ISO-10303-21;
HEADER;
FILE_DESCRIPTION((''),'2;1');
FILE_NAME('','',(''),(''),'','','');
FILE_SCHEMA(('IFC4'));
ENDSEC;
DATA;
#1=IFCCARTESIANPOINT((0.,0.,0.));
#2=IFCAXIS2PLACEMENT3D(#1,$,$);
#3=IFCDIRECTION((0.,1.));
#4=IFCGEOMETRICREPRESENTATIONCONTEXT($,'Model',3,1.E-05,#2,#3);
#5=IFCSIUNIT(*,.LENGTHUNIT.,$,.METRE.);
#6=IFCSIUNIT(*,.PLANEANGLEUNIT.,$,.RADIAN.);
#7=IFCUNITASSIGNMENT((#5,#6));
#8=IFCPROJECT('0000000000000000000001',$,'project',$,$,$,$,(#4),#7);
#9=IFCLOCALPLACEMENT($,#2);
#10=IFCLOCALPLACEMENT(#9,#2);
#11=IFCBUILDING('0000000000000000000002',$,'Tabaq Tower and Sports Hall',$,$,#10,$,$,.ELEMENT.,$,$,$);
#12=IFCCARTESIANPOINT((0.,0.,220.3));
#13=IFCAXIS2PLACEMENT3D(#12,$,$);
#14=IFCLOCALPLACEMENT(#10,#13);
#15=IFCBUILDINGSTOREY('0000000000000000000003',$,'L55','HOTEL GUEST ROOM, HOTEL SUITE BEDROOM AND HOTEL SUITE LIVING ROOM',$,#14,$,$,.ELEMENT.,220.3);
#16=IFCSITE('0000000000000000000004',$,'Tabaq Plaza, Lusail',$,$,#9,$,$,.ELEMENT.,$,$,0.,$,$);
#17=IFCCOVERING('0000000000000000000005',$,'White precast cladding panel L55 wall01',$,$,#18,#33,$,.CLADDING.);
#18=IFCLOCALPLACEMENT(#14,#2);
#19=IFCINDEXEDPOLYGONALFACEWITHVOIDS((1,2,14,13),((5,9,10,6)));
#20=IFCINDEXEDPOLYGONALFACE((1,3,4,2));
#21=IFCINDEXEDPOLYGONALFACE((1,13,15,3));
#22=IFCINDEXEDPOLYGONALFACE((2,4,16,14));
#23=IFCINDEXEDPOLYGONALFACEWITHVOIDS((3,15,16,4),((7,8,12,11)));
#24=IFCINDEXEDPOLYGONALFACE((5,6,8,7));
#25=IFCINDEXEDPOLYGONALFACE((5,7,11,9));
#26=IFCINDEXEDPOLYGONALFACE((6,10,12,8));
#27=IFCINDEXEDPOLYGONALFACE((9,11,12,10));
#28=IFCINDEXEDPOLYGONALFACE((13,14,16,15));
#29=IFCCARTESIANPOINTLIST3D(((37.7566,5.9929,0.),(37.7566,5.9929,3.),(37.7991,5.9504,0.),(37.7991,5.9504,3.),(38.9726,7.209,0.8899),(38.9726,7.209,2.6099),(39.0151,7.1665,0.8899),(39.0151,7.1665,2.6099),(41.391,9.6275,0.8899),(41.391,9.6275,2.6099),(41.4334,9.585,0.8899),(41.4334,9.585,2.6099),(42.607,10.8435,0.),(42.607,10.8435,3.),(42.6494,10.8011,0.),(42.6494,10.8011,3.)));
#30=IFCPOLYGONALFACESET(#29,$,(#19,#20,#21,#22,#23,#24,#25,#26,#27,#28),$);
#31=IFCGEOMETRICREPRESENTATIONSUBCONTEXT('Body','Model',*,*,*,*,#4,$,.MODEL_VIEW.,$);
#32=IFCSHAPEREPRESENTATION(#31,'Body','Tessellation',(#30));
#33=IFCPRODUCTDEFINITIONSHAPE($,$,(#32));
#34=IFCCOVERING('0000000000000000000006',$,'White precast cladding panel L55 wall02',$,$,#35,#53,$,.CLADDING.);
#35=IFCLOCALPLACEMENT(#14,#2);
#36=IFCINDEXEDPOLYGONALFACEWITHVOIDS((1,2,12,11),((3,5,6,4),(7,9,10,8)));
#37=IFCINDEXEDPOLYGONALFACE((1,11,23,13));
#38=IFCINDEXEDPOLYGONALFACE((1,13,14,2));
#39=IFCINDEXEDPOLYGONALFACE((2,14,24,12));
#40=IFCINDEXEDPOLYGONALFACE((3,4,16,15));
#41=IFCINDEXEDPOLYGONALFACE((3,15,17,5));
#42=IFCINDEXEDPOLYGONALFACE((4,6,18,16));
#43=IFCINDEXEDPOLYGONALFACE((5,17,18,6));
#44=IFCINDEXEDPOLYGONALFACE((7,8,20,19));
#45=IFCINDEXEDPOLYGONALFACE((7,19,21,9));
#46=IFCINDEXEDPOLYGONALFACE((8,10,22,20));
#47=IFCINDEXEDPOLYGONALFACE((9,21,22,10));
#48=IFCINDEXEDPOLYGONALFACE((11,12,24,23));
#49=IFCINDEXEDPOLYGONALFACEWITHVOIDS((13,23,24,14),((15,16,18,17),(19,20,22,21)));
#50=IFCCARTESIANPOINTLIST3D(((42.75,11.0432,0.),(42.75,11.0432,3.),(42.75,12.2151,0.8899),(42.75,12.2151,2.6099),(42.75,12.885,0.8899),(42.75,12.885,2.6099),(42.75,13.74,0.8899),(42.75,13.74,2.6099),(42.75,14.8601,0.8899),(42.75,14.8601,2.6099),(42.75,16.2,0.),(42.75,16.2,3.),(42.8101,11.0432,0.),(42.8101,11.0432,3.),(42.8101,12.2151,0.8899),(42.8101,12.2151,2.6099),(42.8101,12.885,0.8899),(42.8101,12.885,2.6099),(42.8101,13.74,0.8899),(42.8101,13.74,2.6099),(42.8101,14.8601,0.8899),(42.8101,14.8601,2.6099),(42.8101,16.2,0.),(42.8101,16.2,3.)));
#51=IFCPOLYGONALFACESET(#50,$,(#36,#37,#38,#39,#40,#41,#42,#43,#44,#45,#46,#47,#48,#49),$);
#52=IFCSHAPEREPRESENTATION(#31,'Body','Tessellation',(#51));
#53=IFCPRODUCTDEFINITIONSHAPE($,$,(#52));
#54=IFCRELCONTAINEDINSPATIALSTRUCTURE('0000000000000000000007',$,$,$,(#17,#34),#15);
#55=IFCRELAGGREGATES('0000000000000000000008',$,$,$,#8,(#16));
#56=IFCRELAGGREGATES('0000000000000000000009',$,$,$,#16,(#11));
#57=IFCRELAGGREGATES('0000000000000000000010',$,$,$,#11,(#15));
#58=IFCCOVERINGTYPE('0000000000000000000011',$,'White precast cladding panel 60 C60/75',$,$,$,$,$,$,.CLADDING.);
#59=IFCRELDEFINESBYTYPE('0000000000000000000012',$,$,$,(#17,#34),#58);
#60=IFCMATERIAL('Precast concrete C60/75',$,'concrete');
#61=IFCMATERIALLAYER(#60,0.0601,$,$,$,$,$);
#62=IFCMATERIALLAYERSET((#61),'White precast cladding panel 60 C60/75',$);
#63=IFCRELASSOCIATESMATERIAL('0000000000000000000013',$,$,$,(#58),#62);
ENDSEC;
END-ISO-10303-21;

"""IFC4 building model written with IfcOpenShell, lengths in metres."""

from ifc_helpers import new_model, si_unit, direction, frame, origin, place, context, subcontext, project, spatial, polyline, outline, extrude, material, layer, layer_set, type_object, element, save


model = new_model("IFC4")

# Units and contexts
model_context = context("Model", 3, precision=1e-05, world=origin(), true_north=direction((0.0, 1.0)))
body_context = subcontext(model_context, "Body", "Model", "MODEL_VIEW")
ifc_project = project(units=[si_unit("LENGTHUNIT", "METRE"), si_unit("PLANEANGLEUNIT", "RADIAN")], contexts=[model_context])

# Site, building, storey
site_placement = place(None, origin())
site = spatial("IfcSite", under=ifc_project, at=site_placement, Name="Tabaq Plaza, Lusail", CompositionType="ELEMENT", RefElevation=0.0)
building_placement = place(site_placement, origin())
building = spatial("IfcBuilding", under=site, at=building_placement, Name="Tabaq Tower and Sports Hall", CompositionType="ELEMENT")
storey_placement = place(building_placement, frame((0.0, 0.0, 220.3)))
storey = spatial("IfcBuildingStorey", under=building, at=storey_placement, Name="L55", Description="HOTEL GUEST ROOM, HOTEL SUITE BEDROOM AND HOTEL SUITE LIVING ROOM", CompositionType="ELEMENT", Elevation=220.3)

# Coverings
ifc_material_1 = material(Name="Precast concrete C60/75", Category="concrete")
ifc_layer_1 = layer(ifc_material_1, 0.0601)
ifc_layer_set_1 = layer_set([ifc_layer_1], Name="White precast cladding panel 60 C60/75")
covering_type = type_object("IfcCoveringType", Name="White precast cladding panel 60 C60/75", PredefinedType="CLADDING", material=ifc_layer_set_1)
covering_1_placement = place(storey_placement, frame((37.7778, 5.9717, 0.0), z_axis=(0.0, 0.0, 1.0), x_axis=(0.707089, 0.707125, 0.0)))
element("IfcCovering", 1, at=covering_1_placement, inside=storey, type_object=covering_type, Name="White precast cladding panel L55 wall01", PredefinedType="CLADDING", context=body_context, shape_type="SweptSolid", body=[
    extrude(outline(polyline([(0.0, 0.0), (6.8596, 0.0), (6.8596, 3.0), (0.0, 3.0), (0.0, 0.0)]), holes=[polyline([(1.7197, 0.8899), (1.7197, 2.6099), (5.1399, 2.6099), (5.1399, 0.8899), (1.7197, 0.8899)])]), frame((0.0, 0.03, 0.0), z_axis=(0.0, -1.0, 0.0), x_axis=(1.0, 0.0, 0.0)), (0.0, 0.0, 1.0), 0.0601),
])
covering_2_placement = place(storey_placement, frame((42.78, 11.0432, 0.0), z_axis=(0.0, 0.0, 1.0), x_axis=(0.0, 1.0, 0.0)))
element("IfcCovering", 2, at=covering_2_placement, inside=storey, type_object=covering_type, Name="White precast cladding panel L55 wall02", PredefinedType="CLADDING", context=body_context, shape_type="SweptSolid", body=[
    extrude(outline(polyline([(0.0, 0.0), (5.1567, 0.0), (5.1567, 3.0), (0.0, 3.0), (0.0, 0.0)]), holes=[polyline([(1.1719, 2.6099), (1.8418, 2.6099), (1.8418, 0.8899), (1.1719, 0.8899), (1.1719, 2.6099)]), polyline([(2.6968, 2.6099), (3.8169, 2.6099), (3.8169, 0.8899), (2.6968, 0.8899), (2.6968, 2.6099)])]), frame((0.0, 0.03, 0.0), z_axis=(0.0, -1.0, 0.0), x_axis=(1.0, 0.0, 0.0)), (0.0, 0.0, 1.0), 0.0601),
])

save(model, "model.ifc")
